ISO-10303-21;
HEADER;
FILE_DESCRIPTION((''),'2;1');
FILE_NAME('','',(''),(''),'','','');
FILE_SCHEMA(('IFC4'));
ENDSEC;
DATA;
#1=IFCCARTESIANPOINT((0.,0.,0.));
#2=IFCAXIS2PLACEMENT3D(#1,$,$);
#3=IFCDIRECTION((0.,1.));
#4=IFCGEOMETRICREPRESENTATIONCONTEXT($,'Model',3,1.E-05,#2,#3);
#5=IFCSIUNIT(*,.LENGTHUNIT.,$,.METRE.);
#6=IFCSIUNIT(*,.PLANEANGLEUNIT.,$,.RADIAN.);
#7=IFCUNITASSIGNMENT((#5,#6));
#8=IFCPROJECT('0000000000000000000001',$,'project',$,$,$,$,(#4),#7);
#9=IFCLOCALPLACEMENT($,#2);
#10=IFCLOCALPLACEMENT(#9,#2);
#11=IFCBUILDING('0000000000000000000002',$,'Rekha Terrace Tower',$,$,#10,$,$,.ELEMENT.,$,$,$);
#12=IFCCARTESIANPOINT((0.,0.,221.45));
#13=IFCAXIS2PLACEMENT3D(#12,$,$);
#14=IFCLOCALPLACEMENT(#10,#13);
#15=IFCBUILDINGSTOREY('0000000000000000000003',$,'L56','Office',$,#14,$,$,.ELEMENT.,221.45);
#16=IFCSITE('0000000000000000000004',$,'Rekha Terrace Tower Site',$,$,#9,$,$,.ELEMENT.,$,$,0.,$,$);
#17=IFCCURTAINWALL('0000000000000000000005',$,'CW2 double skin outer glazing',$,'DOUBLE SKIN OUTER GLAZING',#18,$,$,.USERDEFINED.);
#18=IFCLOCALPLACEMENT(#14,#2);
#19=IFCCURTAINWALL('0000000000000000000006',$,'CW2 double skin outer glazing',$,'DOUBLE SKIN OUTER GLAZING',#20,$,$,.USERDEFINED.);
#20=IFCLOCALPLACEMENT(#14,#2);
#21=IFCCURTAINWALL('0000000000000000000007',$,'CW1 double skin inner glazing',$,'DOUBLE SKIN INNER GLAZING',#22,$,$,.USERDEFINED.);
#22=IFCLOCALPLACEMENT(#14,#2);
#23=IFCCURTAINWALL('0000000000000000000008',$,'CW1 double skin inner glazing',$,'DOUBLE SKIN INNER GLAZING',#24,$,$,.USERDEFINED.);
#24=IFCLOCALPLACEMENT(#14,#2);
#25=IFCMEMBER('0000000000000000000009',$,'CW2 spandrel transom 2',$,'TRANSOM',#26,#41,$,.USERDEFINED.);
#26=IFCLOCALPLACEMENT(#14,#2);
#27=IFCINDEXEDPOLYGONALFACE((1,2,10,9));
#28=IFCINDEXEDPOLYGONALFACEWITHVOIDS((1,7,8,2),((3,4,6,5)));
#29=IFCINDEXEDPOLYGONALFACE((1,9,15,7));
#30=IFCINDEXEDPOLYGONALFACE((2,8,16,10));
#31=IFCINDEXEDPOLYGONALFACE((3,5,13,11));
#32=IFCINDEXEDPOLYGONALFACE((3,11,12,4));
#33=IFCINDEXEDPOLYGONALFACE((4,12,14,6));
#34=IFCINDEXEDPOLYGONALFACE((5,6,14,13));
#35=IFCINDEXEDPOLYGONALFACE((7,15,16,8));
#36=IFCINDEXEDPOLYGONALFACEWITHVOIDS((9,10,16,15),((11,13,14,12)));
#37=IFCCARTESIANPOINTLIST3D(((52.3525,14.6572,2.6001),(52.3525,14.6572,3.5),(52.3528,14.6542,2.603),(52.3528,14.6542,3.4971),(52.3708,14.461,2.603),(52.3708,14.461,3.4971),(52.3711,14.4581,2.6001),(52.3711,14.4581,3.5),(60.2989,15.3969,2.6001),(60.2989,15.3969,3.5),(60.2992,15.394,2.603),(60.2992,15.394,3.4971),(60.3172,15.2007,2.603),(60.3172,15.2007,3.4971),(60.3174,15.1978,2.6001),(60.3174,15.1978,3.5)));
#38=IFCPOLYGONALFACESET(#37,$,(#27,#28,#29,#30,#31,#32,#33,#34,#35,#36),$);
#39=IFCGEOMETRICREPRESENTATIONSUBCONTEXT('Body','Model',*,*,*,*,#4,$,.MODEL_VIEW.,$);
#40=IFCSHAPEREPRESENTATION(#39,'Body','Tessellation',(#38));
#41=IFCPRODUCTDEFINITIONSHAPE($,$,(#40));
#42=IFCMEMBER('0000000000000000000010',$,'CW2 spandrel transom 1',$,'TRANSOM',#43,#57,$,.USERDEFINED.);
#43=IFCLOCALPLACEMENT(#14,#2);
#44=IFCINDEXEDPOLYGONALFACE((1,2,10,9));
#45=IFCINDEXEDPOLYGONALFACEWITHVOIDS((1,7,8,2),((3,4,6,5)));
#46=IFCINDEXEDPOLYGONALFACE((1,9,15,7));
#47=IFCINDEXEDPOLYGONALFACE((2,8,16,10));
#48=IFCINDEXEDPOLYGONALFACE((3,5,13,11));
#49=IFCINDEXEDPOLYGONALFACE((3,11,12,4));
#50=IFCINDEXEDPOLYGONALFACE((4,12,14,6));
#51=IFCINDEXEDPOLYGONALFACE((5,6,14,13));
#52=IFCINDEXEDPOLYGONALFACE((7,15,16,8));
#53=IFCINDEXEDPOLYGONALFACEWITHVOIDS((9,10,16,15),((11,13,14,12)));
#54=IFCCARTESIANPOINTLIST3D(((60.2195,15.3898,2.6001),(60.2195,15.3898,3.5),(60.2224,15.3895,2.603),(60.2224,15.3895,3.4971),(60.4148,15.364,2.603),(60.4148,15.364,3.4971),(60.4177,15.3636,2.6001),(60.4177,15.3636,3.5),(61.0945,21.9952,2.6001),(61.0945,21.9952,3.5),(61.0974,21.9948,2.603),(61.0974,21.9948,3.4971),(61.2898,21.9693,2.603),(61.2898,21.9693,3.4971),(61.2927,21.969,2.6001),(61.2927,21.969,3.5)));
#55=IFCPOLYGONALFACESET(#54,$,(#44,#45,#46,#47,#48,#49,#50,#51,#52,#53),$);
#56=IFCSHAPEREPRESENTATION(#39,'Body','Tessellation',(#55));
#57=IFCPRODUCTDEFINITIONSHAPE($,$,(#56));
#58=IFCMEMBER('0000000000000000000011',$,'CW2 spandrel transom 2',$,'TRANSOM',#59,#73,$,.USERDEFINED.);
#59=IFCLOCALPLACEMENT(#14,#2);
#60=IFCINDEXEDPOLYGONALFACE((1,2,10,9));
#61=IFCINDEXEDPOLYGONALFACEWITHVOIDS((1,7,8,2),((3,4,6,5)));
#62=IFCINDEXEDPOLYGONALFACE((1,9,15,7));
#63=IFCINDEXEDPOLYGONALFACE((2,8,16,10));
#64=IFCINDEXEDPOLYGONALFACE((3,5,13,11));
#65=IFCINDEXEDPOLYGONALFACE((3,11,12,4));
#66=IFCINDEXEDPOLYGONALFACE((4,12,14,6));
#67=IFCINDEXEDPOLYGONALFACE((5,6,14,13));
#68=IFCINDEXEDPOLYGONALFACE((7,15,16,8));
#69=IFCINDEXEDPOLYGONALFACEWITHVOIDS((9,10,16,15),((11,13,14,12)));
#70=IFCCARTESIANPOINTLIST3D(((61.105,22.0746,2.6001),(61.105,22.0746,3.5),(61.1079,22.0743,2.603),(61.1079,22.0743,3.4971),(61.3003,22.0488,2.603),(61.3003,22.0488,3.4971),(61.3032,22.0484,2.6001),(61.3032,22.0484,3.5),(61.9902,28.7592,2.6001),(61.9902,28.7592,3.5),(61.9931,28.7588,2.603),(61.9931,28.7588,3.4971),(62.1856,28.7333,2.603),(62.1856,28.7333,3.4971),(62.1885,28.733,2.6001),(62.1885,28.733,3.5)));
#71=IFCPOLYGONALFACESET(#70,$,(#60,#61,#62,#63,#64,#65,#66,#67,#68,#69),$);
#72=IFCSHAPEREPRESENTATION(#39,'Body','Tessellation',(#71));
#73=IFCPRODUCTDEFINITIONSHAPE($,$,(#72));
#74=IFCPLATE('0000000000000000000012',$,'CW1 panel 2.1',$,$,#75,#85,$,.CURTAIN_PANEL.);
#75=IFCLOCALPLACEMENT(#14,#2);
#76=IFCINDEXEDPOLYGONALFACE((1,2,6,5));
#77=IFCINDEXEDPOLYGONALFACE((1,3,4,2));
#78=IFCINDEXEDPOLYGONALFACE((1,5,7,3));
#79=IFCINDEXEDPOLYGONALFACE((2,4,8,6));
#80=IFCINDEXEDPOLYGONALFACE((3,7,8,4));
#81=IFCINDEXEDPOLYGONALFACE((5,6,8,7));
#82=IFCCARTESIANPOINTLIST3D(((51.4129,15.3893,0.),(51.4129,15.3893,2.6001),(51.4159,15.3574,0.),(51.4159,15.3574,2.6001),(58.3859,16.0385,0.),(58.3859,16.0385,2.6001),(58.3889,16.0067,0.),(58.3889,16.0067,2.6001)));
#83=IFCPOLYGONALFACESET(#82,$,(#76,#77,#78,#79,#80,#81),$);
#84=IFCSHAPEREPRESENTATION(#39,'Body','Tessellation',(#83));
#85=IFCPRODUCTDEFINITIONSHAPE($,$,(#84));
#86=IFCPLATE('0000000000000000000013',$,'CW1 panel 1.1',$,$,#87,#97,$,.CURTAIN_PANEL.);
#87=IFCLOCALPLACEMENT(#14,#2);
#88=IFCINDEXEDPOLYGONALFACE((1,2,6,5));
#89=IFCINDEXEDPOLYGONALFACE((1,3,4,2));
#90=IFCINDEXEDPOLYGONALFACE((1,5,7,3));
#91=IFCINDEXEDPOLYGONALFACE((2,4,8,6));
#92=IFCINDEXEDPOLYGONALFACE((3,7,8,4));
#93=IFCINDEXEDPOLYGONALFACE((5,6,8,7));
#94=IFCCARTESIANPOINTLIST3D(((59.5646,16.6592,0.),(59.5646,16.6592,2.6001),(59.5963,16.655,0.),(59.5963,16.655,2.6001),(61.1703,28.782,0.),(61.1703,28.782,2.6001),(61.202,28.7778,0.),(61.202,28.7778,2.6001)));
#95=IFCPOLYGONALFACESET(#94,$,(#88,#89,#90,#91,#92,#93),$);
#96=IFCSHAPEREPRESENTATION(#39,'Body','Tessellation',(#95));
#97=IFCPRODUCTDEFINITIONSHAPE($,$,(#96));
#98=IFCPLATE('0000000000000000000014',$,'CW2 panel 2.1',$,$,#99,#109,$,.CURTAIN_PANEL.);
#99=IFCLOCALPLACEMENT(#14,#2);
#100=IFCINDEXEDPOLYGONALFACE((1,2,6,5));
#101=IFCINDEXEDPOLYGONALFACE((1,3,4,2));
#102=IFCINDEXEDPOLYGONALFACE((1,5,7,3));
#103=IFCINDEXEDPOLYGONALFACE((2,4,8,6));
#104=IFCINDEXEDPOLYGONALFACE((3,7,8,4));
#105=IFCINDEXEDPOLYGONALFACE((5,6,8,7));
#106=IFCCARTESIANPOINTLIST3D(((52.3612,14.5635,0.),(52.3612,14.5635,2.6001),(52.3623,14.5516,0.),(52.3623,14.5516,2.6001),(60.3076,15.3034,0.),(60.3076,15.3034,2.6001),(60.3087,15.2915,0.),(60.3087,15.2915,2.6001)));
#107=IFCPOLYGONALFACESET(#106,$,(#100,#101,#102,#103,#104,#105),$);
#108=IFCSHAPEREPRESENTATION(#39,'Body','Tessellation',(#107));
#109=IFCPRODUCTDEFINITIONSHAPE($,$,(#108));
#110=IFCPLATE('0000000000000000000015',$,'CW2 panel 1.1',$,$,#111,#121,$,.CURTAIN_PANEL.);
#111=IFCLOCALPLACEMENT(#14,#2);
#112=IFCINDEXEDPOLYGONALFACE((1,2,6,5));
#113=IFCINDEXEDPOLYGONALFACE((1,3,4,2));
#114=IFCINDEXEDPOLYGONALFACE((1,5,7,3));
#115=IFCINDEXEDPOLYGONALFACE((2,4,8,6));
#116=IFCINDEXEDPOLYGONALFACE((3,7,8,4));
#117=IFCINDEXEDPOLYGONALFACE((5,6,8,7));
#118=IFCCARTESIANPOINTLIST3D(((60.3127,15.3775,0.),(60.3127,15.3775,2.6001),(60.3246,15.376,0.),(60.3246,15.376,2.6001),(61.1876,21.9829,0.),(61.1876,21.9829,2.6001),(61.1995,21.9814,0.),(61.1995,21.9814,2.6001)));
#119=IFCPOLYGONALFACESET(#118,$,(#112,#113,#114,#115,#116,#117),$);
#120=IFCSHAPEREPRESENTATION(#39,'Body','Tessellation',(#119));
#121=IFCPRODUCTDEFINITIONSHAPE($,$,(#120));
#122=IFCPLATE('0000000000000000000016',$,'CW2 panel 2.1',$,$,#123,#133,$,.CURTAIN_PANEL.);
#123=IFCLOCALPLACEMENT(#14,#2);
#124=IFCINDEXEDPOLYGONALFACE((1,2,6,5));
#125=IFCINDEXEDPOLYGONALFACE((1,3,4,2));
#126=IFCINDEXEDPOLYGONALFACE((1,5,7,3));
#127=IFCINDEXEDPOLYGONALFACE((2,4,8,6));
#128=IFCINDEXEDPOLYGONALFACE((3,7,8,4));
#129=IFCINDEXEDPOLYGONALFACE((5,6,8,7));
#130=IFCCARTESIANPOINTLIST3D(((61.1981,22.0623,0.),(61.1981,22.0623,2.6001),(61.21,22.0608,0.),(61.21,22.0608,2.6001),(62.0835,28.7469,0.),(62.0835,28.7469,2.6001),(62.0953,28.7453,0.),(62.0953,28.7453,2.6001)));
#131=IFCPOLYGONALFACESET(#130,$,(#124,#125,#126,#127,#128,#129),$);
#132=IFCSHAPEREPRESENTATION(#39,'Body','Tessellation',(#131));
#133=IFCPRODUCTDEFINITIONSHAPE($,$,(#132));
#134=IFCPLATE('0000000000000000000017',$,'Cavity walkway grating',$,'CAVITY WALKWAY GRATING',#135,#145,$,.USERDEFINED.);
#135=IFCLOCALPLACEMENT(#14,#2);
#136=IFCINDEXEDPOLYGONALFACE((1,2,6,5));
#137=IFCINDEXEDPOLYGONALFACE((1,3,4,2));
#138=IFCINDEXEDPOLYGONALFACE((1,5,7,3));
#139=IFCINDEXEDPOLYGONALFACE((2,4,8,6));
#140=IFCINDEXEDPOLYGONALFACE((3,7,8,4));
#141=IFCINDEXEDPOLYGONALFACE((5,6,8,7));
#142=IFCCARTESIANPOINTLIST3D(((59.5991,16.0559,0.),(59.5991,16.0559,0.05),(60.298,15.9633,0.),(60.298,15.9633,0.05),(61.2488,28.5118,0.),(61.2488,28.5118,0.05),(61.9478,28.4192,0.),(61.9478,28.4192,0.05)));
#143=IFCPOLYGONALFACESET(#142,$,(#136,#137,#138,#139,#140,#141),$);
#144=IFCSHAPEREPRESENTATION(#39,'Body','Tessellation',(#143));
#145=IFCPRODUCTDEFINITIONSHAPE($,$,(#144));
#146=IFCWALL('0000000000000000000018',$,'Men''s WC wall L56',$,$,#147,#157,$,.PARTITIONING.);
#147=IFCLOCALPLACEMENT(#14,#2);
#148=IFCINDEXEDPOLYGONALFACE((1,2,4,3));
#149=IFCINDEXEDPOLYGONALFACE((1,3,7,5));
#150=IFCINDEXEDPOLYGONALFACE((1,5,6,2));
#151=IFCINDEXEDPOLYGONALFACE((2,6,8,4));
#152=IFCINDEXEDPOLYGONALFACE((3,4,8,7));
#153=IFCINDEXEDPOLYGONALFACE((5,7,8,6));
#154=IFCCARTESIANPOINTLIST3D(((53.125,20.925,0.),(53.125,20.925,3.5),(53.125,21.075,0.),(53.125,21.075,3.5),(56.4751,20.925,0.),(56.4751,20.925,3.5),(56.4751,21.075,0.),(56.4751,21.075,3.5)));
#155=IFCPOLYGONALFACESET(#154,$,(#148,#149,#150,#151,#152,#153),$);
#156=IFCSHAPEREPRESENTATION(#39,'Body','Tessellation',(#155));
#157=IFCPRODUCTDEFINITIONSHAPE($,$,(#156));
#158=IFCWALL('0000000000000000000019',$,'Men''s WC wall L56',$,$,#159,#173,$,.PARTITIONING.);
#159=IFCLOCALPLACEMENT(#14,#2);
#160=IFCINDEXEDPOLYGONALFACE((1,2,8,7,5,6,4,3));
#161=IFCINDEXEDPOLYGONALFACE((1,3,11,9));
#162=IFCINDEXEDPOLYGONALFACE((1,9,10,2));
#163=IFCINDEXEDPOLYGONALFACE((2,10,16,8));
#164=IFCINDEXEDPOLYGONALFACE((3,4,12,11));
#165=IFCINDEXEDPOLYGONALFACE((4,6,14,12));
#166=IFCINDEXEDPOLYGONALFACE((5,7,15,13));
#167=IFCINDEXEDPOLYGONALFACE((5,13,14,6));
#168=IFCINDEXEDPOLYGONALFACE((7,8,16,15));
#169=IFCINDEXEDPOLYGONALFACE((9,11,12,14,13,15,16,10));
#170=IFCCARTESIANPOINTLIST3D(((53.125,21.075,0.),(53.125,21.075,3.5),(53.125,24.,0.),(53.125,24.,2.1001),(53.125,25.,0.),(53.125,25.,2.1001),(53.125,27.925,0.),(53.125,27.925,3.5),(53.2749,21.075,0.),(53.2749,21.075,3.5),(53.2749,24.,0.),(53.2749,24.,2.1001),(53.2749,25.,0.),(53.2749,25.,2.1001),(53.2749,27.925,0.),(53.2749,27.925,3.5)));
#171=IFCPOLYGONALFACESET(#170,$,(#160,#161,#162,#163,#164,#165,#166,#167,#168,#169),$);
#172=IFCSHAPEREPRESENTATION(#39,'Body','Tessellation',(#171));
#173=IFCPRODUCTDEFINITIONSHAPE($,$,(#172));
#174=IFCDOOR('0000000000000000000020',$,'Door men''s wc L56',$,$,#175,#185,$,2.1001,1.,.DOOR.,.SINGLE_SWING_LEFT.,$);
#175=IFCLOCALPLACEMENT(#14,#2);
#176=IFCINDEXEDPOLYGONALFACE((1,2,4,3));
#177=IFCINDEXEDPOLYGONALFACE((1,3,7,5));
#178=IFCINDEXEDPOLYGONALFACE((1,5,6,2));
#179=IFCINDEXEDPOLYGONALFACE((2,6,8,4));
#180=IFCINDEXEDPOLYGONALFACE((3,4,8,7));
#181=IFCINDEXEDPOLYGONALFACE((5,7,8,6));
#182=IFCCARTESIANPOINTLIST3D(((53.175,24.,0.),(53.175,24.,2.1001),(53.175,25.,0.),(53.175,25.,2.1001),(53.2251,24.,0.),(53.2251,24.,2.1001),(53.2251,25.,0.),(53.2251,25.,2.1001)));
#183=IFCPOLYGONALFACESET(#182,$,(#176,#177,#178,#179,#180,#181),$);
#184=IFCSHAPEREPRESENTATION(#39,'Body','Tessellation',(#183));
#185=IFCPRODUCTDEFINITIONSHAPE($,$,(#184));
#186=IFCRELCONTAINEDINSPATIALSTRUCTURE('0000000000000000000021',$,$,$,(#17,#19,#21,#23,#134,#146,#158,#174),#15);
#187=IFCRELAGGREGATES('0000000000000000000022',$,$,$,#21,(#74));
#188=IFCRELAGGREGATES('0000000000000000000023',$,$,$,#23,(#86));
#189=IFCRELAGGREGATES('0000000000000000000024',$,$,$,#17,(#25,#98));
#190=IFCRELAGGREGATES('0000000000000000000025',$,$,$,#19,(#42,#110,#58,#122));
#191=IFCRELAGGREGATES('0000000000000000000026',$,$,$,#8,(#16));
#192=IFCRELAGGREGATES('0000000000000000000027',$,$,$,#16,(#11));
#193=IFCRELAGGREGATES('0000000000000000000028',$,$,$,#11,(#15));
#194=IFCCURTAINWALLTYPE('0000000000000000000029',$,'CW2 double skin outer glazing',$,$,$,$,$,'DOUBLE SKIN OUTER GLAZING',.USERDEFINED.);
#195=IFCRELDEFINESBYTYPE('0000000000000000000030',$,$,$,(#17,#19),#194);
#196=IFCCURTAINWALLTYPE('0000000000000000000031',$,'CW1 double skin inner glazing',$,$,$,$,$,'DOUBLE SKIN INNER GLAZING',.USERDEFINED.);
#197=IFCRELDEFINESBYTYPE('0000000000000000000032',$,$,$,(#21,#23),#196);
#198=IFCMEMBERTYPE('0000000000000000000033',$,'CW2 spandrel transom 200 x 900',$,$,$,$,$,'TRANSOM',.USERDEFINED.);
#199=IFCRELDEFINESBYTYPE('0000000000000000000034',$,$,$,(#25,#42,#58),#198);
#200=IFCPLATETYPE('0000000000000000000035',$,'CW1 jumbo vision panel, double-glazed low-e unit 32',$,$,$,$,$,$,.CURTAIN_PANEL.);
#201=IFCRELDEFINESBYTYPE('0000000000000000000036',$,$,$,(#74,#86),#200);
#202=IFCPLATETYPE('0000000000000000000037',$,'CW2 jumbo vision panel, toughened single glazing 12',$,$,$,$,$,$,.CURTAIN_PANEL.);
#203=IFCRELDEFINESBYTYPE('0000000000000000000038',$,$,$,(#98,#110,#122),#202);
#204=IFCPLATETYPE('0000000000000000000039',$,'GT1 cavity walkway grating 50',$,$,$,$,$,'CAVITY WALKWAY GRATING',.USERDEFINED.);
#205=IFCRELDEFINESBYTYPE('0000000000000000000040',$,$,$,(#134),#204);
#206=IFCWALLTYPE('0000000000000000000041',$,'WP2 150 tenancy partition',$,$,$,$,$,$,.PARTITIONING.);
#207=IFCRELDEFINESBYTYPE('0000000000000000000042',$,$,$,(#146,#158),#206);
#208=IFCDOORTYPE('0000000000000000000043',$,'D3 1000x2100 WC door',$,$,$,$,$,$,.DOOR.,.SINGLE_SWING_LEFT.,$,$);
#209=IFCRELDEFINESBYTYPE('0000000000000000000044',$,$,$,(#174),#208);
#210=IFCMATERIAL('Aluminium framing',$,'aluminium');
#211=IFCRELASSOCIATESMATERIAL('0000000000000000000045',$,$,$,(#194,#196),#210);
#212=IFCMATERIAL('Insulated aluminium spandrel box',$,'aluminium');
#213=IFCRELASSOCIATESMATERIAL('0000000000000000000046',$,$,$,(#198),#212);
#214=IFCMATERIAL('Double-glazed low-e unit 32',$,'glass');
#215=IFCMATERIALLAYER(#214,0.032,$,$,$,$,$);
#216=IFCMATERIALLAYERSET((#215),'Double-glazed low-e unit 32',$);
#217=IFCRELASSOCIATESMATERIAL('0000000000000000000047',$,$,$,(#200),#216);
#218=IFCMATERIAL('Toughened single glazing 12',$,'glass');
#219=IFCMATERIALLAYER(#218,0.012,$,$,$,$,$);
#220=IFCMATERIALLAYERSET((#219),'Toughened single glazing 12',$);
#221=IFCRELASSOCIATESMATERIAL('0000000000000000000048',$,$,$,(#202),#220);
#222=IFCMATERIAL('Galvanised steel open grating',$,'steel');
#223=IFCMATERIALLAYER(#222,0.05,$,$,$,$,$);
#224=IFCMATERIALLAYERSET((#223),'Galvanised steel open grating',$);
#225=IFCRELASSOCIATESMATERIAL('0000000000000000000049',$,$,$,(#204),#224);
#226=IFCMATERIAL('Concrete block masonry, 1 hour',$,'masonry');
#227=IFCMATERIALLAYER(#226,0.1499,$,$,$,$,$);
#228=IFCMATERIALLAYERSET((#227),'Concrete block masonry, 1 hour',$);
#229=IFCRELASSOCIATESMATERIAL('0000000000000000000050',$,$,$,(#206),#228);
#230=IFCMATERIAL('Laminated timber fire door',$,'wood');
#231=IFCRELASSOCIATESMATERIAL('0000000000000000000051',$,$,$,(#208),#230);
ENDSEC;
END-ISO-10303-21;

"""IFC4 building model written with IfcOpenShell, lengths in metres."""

from ifc_helpers import new_model, si_unit, direction, frame, frame_2d, origin, origin_2d, place, context, subcontext, project, spatial, rectangle, hollow_rectangle, extrude, material, layer, layer_set, material_profile, profile_set, type_object, element, fill, aggregate, save


model = new_model("IFC4")

# Units and contexts
model_context = context("Model", 3, precision=1e-05, world=origin(), true_north=direction((0.0, 1.0)))
body_context = subcontext(model_context, "Body", "Model", "MODEL_VIEW")
ifc_project = project(units=[si_unit("LENGTHUNIT", "METRE"), si_unit("PLANEANGLEUNIT", "RADIAN")], contexts=[model_context])

# Site, building, storey
site_placement = place(None, origin())
site = spatial("IfcSite", under=ifc_project, at=site_placement, Name="Rekha Terrace Tower Site", CompositionType="ELEMENT", RefElevation=0.0)
building_placement = place(site_placement, origin())
building = spatial("IfcBuilding", under=site, at=building_placement, Name="Rekha Terrace Tower", CompositionType="ELEMENT")
storey_placement = place(building_placement, frame((0.0, 0.0, 221.45)))
storey = spatial("IfcBuildingStorey", under=building, at=storey_placement, Name="L56", Description="Office", CompositionType="ELEMENT", Elevation=221.45)

# Curtain walls
ifc_material_1 = material(Name="Aluminium framing", Category="aluminium")
curtain_wall_type_1 = type_object("IfcCurtainWallType", Name="CW2 double skin outer glazing", ElementType="DOUBLE SKIN OUTER GLAZING", PredefinedType="USERDEFINED", material=ifc_material_1)
curtain_wall_1_placement = place(storey_placement, origin())
curtain_wall_1 = element("IfcCurtainWall", 1, at=curtain_wall_1_placement, inside=storey, type_object=curtain_wall_type_1, Name="CW2 double skin outer glazing", ObjectType="DOUBLE SKIN OUTER GLAZING", PredefinedType="USERDEFINED")
curtain_wall_2_placement = place(storey_placement, origin())
curtain_wall_2 = element("IfcCurtainWall", 2, at=curtain_wall_2_placement, inside=storey, type_object=curtain_wall_type_1, Name="CW2 double skin outer glazing", ObjectType="DOUBLE SKIN OUTER GLAZING", PredefinedType="USERDEFINED")
curtain_wall_type_2 = type_object("IfcCurtainWallType", Name="CW1 double skin inner glazing", ElementType="DOUBLE SKIN INNER GLAZING", PredefinedType="USERDEFINED", material=ifc_material_1)
curtain_wall_3_placement = place(storey_placement, origin())
curtain_wall_3 = element("IfcCurtainWall", 3, at=curtain_wall_3_placement, inside=storey, type_object=curtain_wall_type_2, Name="CW1 double skin inner glazing", ObjectType="DOUBLE SKIN INNER GLAZING", PredefinedType="USERDEFINED")

# Curtain wall
curtain_wall_4_placement = place(storey_placement, origin())
curtain_wall_4 = element("IfcCurtainWall", 4, at=curtain_wall_4_placement, inside=storey, type_object=curtain_wall_type_2, Name="CW1 double skin inner glazing", ObjectType="DOUBLE SKIN INNER GLAZING", PredefinedType="USERDEFINED")
ifc_material_2 = material(Name="Insulated aluminium spandrel box", Category="aluminium")

# Members
ifc_material_profile_1 = material_profile(ifc_material_2, hollow_rectangle(XDim=0.2, YDim=0.8999, WallThickness=0.0029, at=origin_2d()), Name="AL SPANDREL BOX 200x900")
ifc_profile_set_1 = profile_set([ifc_material_profile_1], Name="Insulated aluminium spandrel box")
member_type_1 = type_object("IfcMemberType", Name="CW2 spandrel transom 200 x 900", ElementType="TRANSOM", PredefinedType="USERDEFINED", material=ifc_profile_set_1)
member_1_placement = place(storey_placement, frame((52.3618, 14.5576, 3.05), z_axis=(0.995695, 0.092692, 0.0), x_axis=(-0.092692, 0.995695, 0.0)))
member_1 = element("IfcMember", 5, at=member_1_placement, type_object=member_type_1, Name="CW2 spandrel transom 2", ObjectType="TRANSOM", PredefinedType="USERDEFINED", context=body_context, shape_type="SweptSolid", body=[
    extrude(hollow_rectangle(XDim=0.2, YDim=0.8999, WallThickness=0.0029, at=origin_2d()), origin(), (0.0, 0.0, 1.0), 7.9807),
])
member_2_placement = place(storey_placement, frame((60.3186, 15.3767, 3.05), z_axis=(0.131319, 0.99134, 0.0), x_axis=(-0.99134, 0.131319, 0.0)))
member_2 = element("IfcMember", 6, at=member_2_placement, type_object=member_type_1, Name="CW2 spandrel transom 1", ObjectType="TRANSOM", PredefinedType="USERDEFINED", context=body_context, shape_type="SweptSolid", body=[
    extrude(hollow_rectangle(XDim=0.2, YDim=0.8999, WallThickness=0.0029, at=origin_2d()), origin(), (0.0, 0.0, 1.0), 6.6631),
])
member_3_placement = place(storey_placement, frame((61.2041, 22.0615, 3.05), z_axis=(0.131286, 0.991345, 0.0), x_axis=(-0.991345, 0.131286, 0.0)))
member_3 = element("IfcMember", 7, at=member_3_placement, type_object=member_type_1, Name="CW2 spandrel transom 2", ObjectType="TRANSOM", PredefinedType="USERDEFINED", context=body_context, shape_type="SweptSolid", body=[
    extrude(hollow_rectangle(XDim=0.2, YDim=0.8999, WallThickness=0.0029, at=origin_2d()), origin(), (0.0, 0.0, 1.0), 6.7429),
])

# Plates
ifc_material_3 = material(Name="Double-glazed low-e unit 32", Category="glass")
ifc_layer_1 = layer(ifc_material_3, 0.032)
ifc_layer_set_1 = layer_set([ifc_layer_1], Name="Double-glazed low-e unit 32")
plate_type_1 = type_object("IfcPlateType", Name="CW1 jumbo vision panel, double-glazed low-e unit 32", PredefinedType="CURTAIN_PANEL", material=ifc_layer_set_1)
plate_1_placement = place(storey_placement, frame((54.9009, 15.698, 0.0), z_axis=(0.0, 0.0, 1.0), x_axis=(0.995693, 0.092709, 0.0)))
plate_1 = element("IfcPlate", 8, at=plate_1_placement, type_object=plate_type_1, Name="CW1 panel 2.1", PredefinedType="CURTAIN_PANEL", context=body_context, shape_type="SweptSolid", body=[
    extrude(rectangle(XDim=7.0032, YDim=0.032, at=origin_2d()), origin(), (0.0, 0.0, 1.0), 2.6001),
])
aggregate(curtain_wall_3, [plate_1])
plate_2_placement = place(storey_placement, frame((60.3833, 22.7185, 0.0), z_axis=(0.0, 0.0, 1.0), x_axis=(0.131304, 0.991342, 0.0)))
plate_2 = element("IfcPlate", 9, at=plate_2_placement, type_object=plate_type_1, Name="CW1 panel 1.1", PredefinedType="CURTAIN_PANEL", context=body_context, shape_type="SweptSolid", body=[
    extrude(rectangle(XDim=12.2288, YDim=0.032, at=origin_2d()), origin(), (0.0, 0.0, 1.0), 2.6001),
])
aggregate(curtain_wall_4, [plate_2])
ifc_material_4 = material(Name="Toughened single glazing 12", Category="glass")
ifc_layer_2 = layer(ifc_material_4, 0.012)
ifc_layer_set_2 = layer_set([ifc_layer_2], Name="Toughened single glazing 12")
plate_type_2 = type_object("IfcPlateType", Name="CW2 jumbo vision panel, toughened single glazing 12", PredefinedType="CURTAIN_PANEL", material=ifc_layer_set_2)
plate_3_placement = place(storey_placement, frame((56.335, 14.9275, 0.0), z_axis=(0.0, 0.0, 1.0), x_axis=(0.995693, 0.092709, 0.0)))
plate_3 = element("IfcPlate", 10, at=plate_3_placement, type_object=plate_type_2, Name="CW2 panel 2.1", PredefinedType="CURTAIN_PANEL", context=body_context, shape_type="SweptSolid", body=[
    extrude(rectangle(XDim=7.9807, YDim=0.012, at=origin_2d()), origin(), (0.0, 0.0, 1.0), 2.6001),
])
aggregate(curtain_wall_1, [member_1, plate_3])
plate_4_placement = place(storey_placement, frame((60.7561, 18.6794, 0.0), z_axis=(0.0, 0.0, 1.0), x_axis=(0.131304, 0.991342, 0.0)))
plate_4 = element("IfcPlate", 11, at=plate_4_placement, type_object=plate_type_2, Name="CW2 panel 1.1", PredefinedType="CURTAIN_PANEL", context=body_context, shape_type="SweptSolid", body=[
    extrude(rectangle(XDim=6.6631, YDim=0.012, at=origin_2d()), origin(), (0.0, 0.0, 1.0), 2.6001),
])
plate_5_placement = place(storey_placement, frame((61.6467, 25.4038, 0.0), z_axis=(0.0, 0.0, 1.0), x_axis=(0.131304, 0.991342, 0.0)))
plate_5 = element("IfcPlate", 12, at=plate_5_placement, type_object=plate_type_2, Name="CW2 panel 2.1", PredefinedType="CURTAIN_PANEL", context=body_context, shape_type="SweptSolid", body=[
    extrude(rectangle(XDim=6.7429, YDim=0.012, at=origin_2d()), origin(), (0.0, 0.0, 1.0), 2.6001),
])
aggregate(curtain_wall_2, [member_2, plate_4, member_3, plate_5])
ifc_material_5 = material(Name="Galvanised steel open grating", Category="steel")
ifc_layer_3 = layer(ifc_material_5, 0.05)
ifc_layer_set_3 = layer_set([ifc_layer_3], Name="Galvanised steel open grating")
plate_type_3 = type_object("IfcPlateType", Name="GT1 cavity walkway grating 50", ElementType="CAVITY WALKWAY GRATING", PredefinedType="USERDEFINED", material=ifc_layer_set_3)
plate_6_placement = place(storey_placement, frame((60.7734, 22.2375, 0.0), z_axis=(0.0, 0.0, 1.0), x_axis=(0.131304, 0.991342, 0.0)))
element("IfcPlate", 13, at=plate_6_placement, inside=storey, type_object=plate_type_3, Name="Cavity walkway grating", ObjectType="CAVITY WALKWAY GRATING", PredefinedType="USERDEFINED", context=body_context, shape_type="SweptSolid", body=[
    extrude(rectangle(XDim=12.5647, YDim=0.7051, at=origin_2d()), origin(), (0.0, 0.0, 1.0), 0.05),
])

# Wall
ifc_material_6 = material(Name="Concrete block masonry, 1 hour", Category="masonry")
ifc_layer_4 = layer(ifc_material_6, 0.1499)
ifc_layer_set_4 = layer_set([ifc_layer_4], Name="Concrete block masonry, 1 hour")
wall_type_1 = type_object("IfcWallType", Name="WP2 150 tenancy partition", PredefinedType="PARTITIONING", material=ifc_layer_set_4)
wall_1_placement = place(storey_placement, frame((53.125, 21.0, 0.0), z_axis=(0.0, 0.0, 1.0), x_axis=(1.0, 0.0, 0.0)))
element("IfcWall", 14, at=wall_1_placement, inside=storey, type_object=wall_type_1, Name="Men's WC wall L56", PredefinedType="PARTITIONING", context=body_context, shape_type="SweptSolid", body=[
    extrude(rectangle(XDim=3.3501, YDim=0.1499, at=frame_2d((1.675, 0.0))), origin(), (0.0, 0.0, 1.0), 3.5),
])

# Wall, opening, door
wall_2_placement = place(storey_placement, frame((53.2, 21.075, 0.0), z_axis=(0.0, 0.0, 1.0), x_axis=(0.0, 1.0, 0.0)))
wall_2 = element("IfcWall", 15, at=wall_2_placement, inside=storey, type_object=wall_type_1, Name="Men's WC wall L56", PredefinedType="PARTITIONING", context=body_context, shape_type="SweptSolid", body=[
    extrude(rectangle(XDim=6.8501, YDim=0.1499, at=frame_2d((3.425, 0.0))), origin(), (0.0, 0.0, 1.0), 3.5),
])
opening_placement = place(wall_2_placement, frame((2.925, 0.0, 0.0)))
opening = element("IfcOpeningElement", 16, at=opening_placement, cuts=wall_2, PredefinedType="OPENING", context=body_context, shape_type="SweptSolid", body=[
    extrude(rectangle(XDim=1.0, YDim=2.1001, at=frame_2d((0.5, 1.05))), frame((0.0, 0.085, 0.0), z_axis=(0.0, -1.0, 0.0), x_axis=(1.0, 0.0, 0.0)), (0.0, 0.0, 1.0), 0.1699),
])
ifc_material_7 = material(Name="Laminated timber fire door", Category="wood")
door_type = type_object("IfcDoorType", Name="D3 1000x2100 WC door", OperationType="SINGLE_SWING_LEFT", PredefinedType="DOOR", material=ifc_material_7)
door_placement = place(opening_placement, origin())
door = element("IfcDoor", 17, at=door_placement, inside=storey, type_object=door_type, Name="Door men's wc L56", OperationType="SINGLE_SWING_LEFT", OverallHeight=2.1001, OverallWidth=1.0, PredefinedType="DOOR", context=body_context, shape_type="SweptSolid", body=[
    extrude(rectangle(XDim=1.0, YDim=2.1001, at=frame_2d((0.5, 1.05))), frame((0.0, 0.0249, 0.0), z_axis=(0.0, -1.0, 0.0), x_axis=(1.0, 0.0, 0.0)), (0.0, 0.0, 1.0), 0.05),
])
fill(opening, door)

save(model, "model.ifc")
